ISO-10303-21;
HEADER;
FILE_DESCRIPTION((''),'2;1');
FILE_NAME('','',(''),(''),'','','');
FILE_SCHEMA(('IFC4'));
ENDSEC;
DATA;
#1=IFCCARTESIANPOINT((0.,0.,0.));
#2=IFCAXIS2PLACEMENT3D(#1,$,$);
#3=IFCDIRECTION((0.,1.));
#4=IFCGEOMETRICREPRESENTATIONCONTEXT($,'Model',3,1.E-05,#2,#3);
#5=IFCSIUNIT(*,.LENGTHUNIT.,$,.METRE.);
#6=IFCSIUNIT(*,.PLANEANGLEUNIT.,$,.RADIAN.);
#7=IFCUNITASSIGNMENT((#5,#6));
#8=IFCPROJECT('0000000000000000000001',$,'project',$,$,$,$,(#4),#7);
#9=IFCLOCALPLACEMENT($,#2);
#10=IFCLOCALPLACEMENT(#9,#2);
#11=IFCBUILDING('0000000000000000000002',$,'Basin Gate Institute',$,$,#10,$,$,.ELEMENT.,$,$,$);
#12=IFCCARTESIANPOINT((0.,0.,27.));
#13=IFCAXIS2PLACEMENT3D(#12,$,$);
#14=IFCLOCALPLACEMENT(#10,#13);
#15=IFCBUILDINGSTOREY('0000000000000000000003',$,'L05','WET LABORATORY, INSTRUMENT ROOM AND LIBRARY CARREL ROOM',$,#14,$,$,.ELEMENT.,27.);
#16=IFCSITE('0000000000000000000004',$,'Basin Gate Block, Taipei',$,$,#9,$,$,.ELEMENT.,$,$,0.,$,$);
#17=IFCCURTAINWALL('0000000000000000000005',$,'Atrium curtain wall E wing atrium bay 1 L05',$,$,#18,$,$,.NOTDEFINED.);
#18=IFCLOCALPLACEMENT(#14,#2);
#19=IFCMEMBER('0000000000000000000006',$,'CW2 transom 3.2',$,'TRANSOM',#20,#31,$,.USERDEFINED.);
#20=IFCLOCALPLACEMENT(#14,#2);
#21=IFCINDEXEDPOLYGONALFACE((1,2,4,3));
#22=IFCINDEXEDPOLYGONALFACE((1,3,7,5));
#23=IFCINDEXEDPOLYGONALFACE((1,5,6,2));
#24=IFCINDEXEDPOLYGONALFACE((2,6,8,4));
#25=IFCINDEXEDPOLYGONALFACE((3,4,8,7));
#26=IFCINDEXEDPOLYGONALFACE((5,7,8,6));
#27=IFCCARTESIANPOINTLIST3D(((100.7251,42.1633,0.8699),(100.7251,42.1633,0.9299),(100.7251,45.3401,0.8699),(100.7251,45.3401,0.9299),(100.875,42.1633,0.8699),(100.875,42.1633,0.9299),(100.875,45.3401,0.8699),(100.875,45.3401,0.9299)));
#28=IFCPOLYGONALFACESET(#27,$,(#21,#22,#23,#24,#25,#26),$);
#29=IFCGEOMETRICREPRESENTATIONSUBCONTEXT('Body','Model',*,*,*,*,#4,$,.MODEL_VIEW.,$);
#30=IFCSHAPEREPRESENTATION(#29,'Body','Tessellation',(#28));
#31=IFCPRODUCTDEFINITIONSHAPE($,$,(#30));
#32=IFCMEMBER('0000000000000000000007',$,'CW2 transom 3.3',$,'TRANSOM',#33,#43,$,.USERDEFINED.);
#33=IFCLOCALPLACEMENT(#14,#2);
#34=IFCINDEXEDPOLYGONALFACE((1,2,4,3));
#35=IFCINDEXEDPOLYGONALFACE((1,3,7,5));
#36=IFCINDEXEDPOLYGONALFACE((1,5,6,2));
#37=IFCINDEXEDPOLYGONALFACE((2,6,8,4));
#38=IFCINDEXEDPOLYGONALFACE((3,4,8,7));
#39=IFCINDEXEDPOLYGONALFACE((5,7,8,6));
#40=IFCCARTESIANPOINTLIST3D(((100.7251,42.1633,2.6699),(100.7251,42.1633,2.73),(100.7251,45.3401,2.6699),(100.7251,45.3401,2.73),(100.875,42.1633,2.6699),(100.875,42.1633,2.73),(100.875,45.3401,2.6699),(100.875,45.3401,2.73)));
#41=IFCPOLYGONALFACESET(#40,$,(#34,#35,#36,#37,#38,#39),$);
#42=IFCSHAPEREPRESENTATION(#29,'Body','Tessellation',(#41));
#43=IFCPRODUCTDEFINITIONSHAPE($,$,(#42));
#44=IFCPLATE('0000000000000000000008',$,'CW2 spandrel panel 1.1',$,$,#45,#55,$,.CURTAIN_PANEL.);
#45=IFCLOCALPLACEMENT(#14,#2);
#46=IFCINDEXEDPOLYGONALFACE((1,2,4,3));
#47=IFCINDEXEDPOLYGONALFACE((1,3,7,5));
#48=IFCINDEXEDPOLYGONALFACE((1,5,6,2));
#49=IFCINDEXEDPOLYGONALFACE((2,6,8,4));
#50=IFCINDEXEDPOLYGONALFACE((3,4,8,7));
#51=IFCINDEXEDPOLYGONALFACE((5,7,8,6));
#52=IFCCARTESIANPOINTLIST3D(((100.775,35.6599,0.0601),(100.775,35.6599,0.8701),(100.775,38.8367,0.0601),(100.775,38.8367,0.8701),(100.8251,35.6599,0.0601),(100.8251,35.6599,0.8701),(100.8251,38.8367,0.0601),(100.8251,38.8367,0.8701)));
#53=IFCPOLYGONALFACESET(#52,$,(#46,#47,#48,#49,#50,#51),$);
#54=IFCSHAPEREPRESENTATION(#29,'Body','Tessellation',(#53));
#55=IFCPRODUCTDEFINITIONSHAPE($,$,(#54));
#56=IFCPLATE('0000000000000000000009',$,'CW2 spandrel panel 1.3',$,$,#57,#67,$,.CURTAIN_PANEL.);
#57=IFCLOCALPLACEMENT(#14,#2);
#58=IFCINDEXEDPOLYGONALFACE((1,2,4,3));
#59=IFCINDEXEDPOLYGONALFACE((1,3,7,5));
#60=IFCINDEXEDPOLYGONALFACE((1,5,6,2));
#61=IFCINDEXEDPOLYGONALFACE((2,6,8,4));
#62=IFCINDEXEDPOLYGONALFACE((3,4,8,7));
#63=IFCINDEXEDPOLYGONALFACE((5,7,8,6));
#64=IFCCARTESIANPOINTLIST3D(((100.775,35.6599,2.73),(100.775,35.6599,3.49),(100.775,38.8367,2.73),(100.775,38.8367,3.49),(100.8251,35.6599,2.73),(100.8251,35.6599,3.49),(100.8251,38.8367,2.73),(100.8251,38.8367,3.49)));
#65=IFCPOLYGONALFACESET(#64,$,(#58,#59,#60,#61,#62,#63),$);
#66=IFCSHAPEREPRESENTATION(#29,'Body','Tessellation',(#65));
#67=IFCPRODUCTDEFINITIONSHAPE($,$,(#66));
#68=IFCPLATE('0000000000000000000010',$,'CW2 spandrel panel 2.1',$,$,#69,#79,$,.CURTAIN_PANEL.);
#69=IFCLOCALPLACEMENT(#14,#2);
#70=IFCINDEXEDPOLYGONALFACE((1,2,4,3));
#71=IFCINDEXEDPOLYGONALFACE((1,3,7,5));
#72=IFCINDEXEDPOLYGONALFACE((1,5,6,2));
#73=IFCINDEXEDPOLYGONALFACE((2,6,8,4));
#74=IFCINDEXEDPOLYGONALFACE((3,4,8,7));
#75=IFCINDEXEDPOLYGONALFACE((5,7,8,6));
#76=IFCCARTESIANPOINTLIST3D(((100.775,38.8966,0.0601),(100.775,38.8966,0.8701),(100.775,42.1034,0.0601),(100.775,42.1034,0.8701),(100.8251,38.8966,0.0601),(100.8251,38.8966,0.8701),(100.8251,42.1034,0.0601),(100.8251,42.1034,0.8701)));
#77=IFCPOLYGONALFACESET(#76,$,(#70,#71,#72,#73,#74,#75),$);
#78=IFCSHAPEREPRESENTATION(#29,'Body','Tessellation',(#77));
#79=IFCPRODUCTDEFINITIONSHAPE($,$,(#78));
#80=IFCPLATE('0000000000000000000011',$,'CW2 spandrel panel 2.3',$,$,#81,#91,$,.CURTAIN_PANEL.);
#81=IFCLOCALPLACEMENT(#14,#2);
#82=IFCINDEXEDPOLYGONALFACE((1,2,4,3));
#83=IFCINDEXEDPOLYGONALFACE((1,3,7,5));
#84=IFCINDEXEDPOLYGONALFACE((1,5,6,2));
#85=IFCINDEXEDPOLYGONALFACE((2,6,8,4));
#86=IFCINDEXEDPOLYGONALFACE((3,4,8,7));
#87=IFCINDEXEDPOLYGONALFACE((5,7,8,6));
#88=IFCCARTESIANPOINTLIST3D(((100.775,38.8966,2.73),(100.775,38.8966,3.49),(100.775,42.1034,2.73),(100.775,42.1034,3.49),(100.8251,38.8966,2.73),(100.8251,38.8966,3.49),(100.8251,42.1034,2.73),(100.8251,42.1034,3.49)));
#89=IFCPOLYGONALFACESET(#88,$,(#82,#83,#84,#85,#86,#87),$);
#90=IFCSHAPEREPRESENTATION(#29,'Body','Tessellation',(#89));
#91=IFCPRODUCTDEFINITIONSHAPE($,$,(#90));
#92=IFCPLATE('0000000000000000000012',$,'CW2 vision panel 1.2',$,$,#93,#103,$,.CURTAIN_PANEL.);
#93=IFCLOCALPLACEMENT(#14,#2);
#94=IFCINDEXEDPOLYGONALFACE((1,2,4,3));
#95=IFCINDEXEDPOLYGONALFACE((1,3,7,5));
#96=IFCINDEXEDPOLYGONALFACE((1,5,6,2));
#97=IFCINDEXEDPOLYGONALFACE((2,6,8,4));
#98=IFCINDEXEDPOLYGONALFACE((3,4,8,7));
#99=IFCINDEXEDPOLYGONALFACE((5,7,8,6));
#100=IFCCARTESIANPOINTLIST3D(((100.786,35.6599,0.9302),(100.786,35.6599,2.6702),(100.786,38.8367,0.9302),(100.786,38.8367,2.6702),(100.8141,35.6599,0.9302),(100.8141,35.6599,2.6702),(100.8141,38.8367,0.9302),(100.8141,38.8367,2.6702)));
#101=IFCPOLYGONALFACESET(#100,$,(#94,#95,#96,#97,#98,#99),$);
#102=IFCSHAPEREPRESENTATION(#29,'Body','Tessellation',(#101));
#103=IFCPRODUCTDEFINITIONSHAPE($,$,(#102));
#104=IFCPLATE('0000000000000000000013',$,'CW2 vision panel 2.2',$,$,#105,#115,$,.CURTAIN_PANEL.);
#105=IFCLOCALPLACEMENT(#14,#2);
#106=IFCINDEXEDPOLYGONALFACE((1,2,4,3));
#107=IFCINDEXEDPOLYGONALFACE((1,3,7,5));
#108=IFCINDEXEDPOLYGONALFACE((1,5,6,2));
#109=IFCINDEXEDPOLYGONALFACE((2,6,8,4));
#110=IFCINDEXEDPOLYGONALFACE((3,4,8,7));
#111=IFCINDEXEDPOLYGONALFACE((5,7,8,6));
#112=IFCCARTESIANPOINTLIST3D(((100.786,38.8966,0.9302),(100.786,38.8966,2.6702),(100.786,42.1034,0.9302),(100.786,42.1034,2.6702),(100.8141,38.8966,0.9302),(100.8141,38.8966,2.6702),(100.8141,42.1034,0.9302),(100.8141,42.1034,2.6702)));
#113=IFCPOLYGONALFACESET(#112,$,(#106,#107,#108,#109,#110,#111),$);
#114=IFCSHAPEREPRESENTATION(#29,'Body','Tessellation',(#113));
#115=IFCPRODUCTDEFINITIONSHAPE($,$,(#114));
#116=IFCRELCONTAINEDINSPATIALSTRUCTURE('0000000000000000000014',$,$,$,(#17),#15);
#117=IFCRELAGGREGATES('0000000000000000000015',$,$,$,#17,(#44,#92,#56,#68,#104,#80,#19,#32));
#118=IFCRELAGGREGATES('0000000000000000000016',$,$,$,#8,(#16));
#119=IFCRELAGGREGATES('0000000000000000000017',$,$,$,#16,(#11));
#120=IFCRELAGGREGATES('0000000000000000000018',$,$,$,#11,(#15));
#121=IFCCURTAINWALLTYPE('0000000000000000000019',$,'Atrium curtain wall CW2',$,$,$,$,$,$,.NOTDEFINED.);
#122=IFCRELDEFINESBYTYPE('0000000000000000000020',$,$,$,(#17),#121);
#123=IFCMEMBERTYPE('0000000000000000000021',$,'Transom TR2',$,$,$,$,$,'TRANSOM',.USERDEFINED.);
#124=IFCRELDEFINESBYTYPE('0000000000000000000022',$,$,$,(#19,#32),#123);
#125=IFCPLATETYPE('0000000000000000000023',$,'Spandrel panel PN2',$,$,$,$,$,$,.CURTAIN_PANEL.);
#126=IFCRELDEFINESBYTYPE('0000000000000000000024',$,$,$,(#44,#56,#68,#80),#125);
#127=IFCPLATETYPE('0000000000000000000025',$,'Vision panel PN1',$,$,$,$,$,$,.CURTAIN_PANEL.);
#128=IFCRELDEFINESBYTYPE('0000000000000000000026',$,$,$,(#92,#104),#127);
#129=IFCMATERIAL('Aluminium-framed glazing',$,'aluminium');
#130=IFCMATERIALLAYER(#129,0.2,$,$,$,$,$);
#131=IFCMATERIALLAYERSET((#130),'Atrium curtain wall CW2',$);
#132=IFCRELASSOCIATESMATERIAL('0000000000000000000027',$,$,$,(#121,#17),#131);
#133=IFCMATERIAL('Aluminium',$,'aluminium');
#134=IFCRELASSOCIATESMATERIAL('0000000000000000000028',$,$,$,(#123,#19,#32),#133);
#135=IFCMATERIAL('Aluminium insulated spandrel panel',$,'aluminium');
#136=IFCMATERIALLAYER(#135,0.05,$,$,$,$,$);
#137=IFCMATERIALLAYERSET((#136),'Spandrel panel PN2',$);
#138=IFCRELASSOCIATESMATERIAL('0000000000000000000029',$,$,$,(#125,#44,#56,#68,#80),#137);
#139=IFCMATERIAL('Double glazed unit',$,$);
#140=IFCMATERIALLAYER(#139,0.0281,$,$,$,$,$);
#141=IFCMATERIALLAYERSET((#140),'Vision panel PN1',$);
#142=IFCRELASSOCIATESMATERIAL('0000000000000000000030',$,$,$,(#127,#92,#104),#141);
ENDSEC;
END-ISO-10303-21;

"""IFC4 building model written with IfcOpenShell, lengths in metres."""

from ifc_helpers import new_model, si_unit, direction, frame, origin, origin_2d, place, context, subcontext, project, spatial, rectangle, extrude, material, layer, layer_set, material_profile, profile_set, type_object, element, aggregate, save


model = new_model("IFC4")

# Units and contexts
model_context = context("Model", 3, precision=1e-05, world=origin(), true_north=direction((0.0, 1.0)))
body_context = subcontext(model_context, "Body", "Model", "MODEL_VIEW")
ifc_project = project(units=[si_unit("LENGTHUNIT", "METRE"), si_unit("PLANEANGLEUNIT", "RADIAN")], contexts=[model_context])

# Site, building, storey
site_placement = place(None, origin())
site = spatial("IfcSite", under=ifc_project, at=site_placement, Name="Basin Gate Block, Taipei", CompositionType="ELEMENT", RefElevation=0.0)
building_placement = place(site_placement, origin())
building = spatial("IfcBuilding", under=site, at=building_placement, Name="Basin Gate Institute", CompositionType="ELEMENT")
storey_placement = place(building_placement, frame((0.0, 0.0, 27.0)))
storey = spatial("IfcBuildingStorey", under=building, at=storey_placement, Name="L05", Description="WET LABORATORY, INSTRUMENT ROOM AND LIBRARY CARREL ROOM", CompositionType="ELEMENT", Elevation=27.0)

# Curtain wall, members, plates
ifc_material_1 = material(Name="Aluminium-framed glazing", Category="aluminium")
ifc_layer_1 = layer(ifc_material_1, 0.2)
ifc_layer_set_1 = layer_set([ifc_layer_1], Name="Atrium curtain wall CW2")
curtain_wall_type = type_object("IfcCurtainWallType", Name="Atrium curtain wall CW2", PredefinedType="NOTDEFINED", material=ifc_layer_set_1)
curtain_wall_placement = place(storey_placement, origin())
curtain_wall = element("IfcCurtainWall", 1, at=curtain_wall_placement, inside=storey, type_object=curtain_wall_type, material=ifc_layer_set_1, Name="Atrium curtain wall E wing atrium bay 1 L05", PredefinedType="NOTDEFINED")
ifc_material_2 = material(Name="Aluminium", Category="aluminium")
ifc_material_profile_1 = material_profile(ifc_material_2, rectangle(XDim=0.1499, YDim=0.0601, at=origin_2d()), Name="Transom TR2 150 x 60")
ifc_profile_set_1 = profile_set([ifc_material_profile_1], Name="Aluminium")
member_type_1 = type_object("IfcMemberType", Name="Transom TR2", ElementType="TRANSOM", PredefinedType="USERDEFINED", material=ifc_profile_set_1)
member_1_placement = place(storey_placement, frame((100.8, 42.1633, 0.8999), z_axis=(0.0, 1.0, 0.0), x_axis=(-1.0, 0.0, 0.0)))
member_1 = element("IfcMember", 2, at=member_1_placement, type_object=member_type_1, material=ifc_profile_set_1, Name="CW2 transom 3.2", ObjectType="TRANSOM", PredefinedType="USERDEFINED", context=body_context, shape_type="SweptSolid", body=[
    extrude(rectangle(XDim=0.1499, YDim=0.0601, at=origin_2d()), origin(), (0.0, 0.0, 1.0), 3.1768),
])
member_2_placement = place(storey_placement, frame((100.8, 42.1633, 2.7), z_axis=(0.0, 1.0, 0.0), x_axis=(-1.0, 0.0, 0.0)))
member_2 = element("IfcMember", 3, at=member_2_placement, type_object=member_type_1, material=ifc_profile_set_1, Name="CW2 transom 3.3", ObjectType="TRANSOM", PredefinedType="USERDEFINED", context=body_context, shape_type="SweptSolid", body=[
    extrude(rectangle(XDim=0.1499, YDim=0.0601, at=origin_2d()), origin(), (0.0, 0.0, 1.0), 3.1768),
])
ifc_material_3 = material(Name="Aluminium insulated spandrel panel", Category="aluminium")
ifc_layer_2 = layer(ifc_material_3, 0.05)
ifc_layer_set_2 = layer_set([ifc_layer_2], Name="Spandrel panel PN2")
plate_type_1 = type_object("IfcPlateType", Name="Spandrel panel PN2", PredefinedType="CURTAIN_PANEL", material=ifc_layer_set_2)
plate_1_placement = place(storey_placement, frame((100.8, 37.2483, 0.0601), z_axis=(0.0, 0.0, 1.0), x_axis=(0.0, 1.0, 0.0)))
plate_1 = element("IfcPlate", 4, at=plate_1_placement, type_object=plate_type_1, material=ifc_layer_set_2, Name="CW2 spandrel panel 1.1", PredefinedType="CURTAIN_PANEL", context=body_context, shape_type="SweptSolid", body=[
    extrude(rectangle(XDim=3.1768, YDim=0.05, at=origin_2d()), origin(), (0.0, 0.0, 1.0), 0.8101),
])
plate_2_placement = place(storey_placement, frame((100.8, 37.2483, 2.73), z_axis=(0.0, 0.0, 1.0), x_axis=(0.0, 1.0, 0.0)))
plate_2 = element("IfcPlate", 5, at=plate_2_placement, type_object=plate_type_1, material=ifc_layer_set_2, Name="CW2 spandrel panel 1.3", PredefinedType="CURTAIN_PANEL", context=body_context, shape_type="SweptSolid", body=[
    extrude(rectangle(XDim=3.1768, YDim=0.05, at=origin_2d()), origin(), (0.0, 0.0, 1.0), 0.76),
])
plate_3_placement = place(storey_placement, frame((100.8, 40.5, 0.0601), z_axis=(0.0, 0.0, 1.0), x_axis=(0.0, 1.0, 0.0)))
plate_3 = element("IfcPlate", 6, at=plate_3_placement, type_object=plate_type_1, material=ifc_layer_set_2, Name="CW2 spandrel panel 2.1", PredefinedType="CURTAIN_PANEL", context=body_context, shape_type="SweptSolid", body=[
    extrude(rectangle(XDim=3.2068, YDim=0.05, at=origin_2d()), origin(), (0.0, 0.0, 1.0), 0.8101),
])
plate_4_placement = place(storey_placement, frame((100.8, 40.5, 2.73), z_axis=(0.0, 0.0, 1.0), x_axis=(0.0, 1.0, 0.0)))
plate_4 = element("IfcPlate", 7, at=plate_4_placement, type_object=plate_type_1, material=ifc_layer_set_2, Name="CW2 spandrel panel 2.3", PredefinedType="CURTAIN_PANEL", context=body_context, shape_type="SweptSolid", body=[
    extrude(rectangle(XDim=3.2068, YDim=0.05, at=origin_2d()), origin(), (0.0, 0.0, 1.0), 0.76),
])
ifc_material_4 = material(Name="Double glazed unit")
ifc_layer_3 = layer(ifc_material_4, 0.0281)
ifc_layer_set_3 = layer_set([ifc_layer_3], Name="Vision panel PN1")
plate_type_2 = type_object("IfcPlateType", Name="Vision panel PN1", PredefinedType="CURTAIN_PANEL", material=ifc_layer_set_3)
plate_5_placement = place(storey_placement, frame((100.8, 37.2483, 0.9302), z_axis=(0.0, 0.0, 1.0), x_axis=(0.0, 1.0, 0.0)))
plate_5 = element("IfcPlate", 8, at=plate_5_placement, type_object=plate_type_2, material=ifc_layer_set_3, Name="CW2 vision panel 1.2", PredefinedType="CURTAIN_PANEL", context=body_context, shape_type="SweptSolid", body=[
    extrude(rectangle(XDim=3.1768, YDim=0.0281, at=origin_2d()), origin(), (0.0, 0.0, 1.0), 1.74),
])
plate_6_placement = place(storey_placement, frame((100.8, 40.5, 0.9302), z_axis=(0.0, 0.0, 1.0), x_axis=(0.0, 1.0, 0.0)))
plate_6 = element("IfcPlate", 9, at=plate_6_placement, type_object=plate_type_2, material=ifc_layer_set_3, Name="CW2 vision panel 2.2", PredefinedType="CURTAIN_PANEL", context=body_context, shape_type="SweptSolid", body=[
    extrude(rectangle(XDim=3.2068, YDim=0.0281, at=origin_2d()), origin(), (0.0, 0.0, 1.0), 1.74),
])
aggregate(curtain_wall, [plate_1, plate_5, plate_2, plate_3, plate_6, plate_4, member_1, member_2])

save(model, "model.ifc")
